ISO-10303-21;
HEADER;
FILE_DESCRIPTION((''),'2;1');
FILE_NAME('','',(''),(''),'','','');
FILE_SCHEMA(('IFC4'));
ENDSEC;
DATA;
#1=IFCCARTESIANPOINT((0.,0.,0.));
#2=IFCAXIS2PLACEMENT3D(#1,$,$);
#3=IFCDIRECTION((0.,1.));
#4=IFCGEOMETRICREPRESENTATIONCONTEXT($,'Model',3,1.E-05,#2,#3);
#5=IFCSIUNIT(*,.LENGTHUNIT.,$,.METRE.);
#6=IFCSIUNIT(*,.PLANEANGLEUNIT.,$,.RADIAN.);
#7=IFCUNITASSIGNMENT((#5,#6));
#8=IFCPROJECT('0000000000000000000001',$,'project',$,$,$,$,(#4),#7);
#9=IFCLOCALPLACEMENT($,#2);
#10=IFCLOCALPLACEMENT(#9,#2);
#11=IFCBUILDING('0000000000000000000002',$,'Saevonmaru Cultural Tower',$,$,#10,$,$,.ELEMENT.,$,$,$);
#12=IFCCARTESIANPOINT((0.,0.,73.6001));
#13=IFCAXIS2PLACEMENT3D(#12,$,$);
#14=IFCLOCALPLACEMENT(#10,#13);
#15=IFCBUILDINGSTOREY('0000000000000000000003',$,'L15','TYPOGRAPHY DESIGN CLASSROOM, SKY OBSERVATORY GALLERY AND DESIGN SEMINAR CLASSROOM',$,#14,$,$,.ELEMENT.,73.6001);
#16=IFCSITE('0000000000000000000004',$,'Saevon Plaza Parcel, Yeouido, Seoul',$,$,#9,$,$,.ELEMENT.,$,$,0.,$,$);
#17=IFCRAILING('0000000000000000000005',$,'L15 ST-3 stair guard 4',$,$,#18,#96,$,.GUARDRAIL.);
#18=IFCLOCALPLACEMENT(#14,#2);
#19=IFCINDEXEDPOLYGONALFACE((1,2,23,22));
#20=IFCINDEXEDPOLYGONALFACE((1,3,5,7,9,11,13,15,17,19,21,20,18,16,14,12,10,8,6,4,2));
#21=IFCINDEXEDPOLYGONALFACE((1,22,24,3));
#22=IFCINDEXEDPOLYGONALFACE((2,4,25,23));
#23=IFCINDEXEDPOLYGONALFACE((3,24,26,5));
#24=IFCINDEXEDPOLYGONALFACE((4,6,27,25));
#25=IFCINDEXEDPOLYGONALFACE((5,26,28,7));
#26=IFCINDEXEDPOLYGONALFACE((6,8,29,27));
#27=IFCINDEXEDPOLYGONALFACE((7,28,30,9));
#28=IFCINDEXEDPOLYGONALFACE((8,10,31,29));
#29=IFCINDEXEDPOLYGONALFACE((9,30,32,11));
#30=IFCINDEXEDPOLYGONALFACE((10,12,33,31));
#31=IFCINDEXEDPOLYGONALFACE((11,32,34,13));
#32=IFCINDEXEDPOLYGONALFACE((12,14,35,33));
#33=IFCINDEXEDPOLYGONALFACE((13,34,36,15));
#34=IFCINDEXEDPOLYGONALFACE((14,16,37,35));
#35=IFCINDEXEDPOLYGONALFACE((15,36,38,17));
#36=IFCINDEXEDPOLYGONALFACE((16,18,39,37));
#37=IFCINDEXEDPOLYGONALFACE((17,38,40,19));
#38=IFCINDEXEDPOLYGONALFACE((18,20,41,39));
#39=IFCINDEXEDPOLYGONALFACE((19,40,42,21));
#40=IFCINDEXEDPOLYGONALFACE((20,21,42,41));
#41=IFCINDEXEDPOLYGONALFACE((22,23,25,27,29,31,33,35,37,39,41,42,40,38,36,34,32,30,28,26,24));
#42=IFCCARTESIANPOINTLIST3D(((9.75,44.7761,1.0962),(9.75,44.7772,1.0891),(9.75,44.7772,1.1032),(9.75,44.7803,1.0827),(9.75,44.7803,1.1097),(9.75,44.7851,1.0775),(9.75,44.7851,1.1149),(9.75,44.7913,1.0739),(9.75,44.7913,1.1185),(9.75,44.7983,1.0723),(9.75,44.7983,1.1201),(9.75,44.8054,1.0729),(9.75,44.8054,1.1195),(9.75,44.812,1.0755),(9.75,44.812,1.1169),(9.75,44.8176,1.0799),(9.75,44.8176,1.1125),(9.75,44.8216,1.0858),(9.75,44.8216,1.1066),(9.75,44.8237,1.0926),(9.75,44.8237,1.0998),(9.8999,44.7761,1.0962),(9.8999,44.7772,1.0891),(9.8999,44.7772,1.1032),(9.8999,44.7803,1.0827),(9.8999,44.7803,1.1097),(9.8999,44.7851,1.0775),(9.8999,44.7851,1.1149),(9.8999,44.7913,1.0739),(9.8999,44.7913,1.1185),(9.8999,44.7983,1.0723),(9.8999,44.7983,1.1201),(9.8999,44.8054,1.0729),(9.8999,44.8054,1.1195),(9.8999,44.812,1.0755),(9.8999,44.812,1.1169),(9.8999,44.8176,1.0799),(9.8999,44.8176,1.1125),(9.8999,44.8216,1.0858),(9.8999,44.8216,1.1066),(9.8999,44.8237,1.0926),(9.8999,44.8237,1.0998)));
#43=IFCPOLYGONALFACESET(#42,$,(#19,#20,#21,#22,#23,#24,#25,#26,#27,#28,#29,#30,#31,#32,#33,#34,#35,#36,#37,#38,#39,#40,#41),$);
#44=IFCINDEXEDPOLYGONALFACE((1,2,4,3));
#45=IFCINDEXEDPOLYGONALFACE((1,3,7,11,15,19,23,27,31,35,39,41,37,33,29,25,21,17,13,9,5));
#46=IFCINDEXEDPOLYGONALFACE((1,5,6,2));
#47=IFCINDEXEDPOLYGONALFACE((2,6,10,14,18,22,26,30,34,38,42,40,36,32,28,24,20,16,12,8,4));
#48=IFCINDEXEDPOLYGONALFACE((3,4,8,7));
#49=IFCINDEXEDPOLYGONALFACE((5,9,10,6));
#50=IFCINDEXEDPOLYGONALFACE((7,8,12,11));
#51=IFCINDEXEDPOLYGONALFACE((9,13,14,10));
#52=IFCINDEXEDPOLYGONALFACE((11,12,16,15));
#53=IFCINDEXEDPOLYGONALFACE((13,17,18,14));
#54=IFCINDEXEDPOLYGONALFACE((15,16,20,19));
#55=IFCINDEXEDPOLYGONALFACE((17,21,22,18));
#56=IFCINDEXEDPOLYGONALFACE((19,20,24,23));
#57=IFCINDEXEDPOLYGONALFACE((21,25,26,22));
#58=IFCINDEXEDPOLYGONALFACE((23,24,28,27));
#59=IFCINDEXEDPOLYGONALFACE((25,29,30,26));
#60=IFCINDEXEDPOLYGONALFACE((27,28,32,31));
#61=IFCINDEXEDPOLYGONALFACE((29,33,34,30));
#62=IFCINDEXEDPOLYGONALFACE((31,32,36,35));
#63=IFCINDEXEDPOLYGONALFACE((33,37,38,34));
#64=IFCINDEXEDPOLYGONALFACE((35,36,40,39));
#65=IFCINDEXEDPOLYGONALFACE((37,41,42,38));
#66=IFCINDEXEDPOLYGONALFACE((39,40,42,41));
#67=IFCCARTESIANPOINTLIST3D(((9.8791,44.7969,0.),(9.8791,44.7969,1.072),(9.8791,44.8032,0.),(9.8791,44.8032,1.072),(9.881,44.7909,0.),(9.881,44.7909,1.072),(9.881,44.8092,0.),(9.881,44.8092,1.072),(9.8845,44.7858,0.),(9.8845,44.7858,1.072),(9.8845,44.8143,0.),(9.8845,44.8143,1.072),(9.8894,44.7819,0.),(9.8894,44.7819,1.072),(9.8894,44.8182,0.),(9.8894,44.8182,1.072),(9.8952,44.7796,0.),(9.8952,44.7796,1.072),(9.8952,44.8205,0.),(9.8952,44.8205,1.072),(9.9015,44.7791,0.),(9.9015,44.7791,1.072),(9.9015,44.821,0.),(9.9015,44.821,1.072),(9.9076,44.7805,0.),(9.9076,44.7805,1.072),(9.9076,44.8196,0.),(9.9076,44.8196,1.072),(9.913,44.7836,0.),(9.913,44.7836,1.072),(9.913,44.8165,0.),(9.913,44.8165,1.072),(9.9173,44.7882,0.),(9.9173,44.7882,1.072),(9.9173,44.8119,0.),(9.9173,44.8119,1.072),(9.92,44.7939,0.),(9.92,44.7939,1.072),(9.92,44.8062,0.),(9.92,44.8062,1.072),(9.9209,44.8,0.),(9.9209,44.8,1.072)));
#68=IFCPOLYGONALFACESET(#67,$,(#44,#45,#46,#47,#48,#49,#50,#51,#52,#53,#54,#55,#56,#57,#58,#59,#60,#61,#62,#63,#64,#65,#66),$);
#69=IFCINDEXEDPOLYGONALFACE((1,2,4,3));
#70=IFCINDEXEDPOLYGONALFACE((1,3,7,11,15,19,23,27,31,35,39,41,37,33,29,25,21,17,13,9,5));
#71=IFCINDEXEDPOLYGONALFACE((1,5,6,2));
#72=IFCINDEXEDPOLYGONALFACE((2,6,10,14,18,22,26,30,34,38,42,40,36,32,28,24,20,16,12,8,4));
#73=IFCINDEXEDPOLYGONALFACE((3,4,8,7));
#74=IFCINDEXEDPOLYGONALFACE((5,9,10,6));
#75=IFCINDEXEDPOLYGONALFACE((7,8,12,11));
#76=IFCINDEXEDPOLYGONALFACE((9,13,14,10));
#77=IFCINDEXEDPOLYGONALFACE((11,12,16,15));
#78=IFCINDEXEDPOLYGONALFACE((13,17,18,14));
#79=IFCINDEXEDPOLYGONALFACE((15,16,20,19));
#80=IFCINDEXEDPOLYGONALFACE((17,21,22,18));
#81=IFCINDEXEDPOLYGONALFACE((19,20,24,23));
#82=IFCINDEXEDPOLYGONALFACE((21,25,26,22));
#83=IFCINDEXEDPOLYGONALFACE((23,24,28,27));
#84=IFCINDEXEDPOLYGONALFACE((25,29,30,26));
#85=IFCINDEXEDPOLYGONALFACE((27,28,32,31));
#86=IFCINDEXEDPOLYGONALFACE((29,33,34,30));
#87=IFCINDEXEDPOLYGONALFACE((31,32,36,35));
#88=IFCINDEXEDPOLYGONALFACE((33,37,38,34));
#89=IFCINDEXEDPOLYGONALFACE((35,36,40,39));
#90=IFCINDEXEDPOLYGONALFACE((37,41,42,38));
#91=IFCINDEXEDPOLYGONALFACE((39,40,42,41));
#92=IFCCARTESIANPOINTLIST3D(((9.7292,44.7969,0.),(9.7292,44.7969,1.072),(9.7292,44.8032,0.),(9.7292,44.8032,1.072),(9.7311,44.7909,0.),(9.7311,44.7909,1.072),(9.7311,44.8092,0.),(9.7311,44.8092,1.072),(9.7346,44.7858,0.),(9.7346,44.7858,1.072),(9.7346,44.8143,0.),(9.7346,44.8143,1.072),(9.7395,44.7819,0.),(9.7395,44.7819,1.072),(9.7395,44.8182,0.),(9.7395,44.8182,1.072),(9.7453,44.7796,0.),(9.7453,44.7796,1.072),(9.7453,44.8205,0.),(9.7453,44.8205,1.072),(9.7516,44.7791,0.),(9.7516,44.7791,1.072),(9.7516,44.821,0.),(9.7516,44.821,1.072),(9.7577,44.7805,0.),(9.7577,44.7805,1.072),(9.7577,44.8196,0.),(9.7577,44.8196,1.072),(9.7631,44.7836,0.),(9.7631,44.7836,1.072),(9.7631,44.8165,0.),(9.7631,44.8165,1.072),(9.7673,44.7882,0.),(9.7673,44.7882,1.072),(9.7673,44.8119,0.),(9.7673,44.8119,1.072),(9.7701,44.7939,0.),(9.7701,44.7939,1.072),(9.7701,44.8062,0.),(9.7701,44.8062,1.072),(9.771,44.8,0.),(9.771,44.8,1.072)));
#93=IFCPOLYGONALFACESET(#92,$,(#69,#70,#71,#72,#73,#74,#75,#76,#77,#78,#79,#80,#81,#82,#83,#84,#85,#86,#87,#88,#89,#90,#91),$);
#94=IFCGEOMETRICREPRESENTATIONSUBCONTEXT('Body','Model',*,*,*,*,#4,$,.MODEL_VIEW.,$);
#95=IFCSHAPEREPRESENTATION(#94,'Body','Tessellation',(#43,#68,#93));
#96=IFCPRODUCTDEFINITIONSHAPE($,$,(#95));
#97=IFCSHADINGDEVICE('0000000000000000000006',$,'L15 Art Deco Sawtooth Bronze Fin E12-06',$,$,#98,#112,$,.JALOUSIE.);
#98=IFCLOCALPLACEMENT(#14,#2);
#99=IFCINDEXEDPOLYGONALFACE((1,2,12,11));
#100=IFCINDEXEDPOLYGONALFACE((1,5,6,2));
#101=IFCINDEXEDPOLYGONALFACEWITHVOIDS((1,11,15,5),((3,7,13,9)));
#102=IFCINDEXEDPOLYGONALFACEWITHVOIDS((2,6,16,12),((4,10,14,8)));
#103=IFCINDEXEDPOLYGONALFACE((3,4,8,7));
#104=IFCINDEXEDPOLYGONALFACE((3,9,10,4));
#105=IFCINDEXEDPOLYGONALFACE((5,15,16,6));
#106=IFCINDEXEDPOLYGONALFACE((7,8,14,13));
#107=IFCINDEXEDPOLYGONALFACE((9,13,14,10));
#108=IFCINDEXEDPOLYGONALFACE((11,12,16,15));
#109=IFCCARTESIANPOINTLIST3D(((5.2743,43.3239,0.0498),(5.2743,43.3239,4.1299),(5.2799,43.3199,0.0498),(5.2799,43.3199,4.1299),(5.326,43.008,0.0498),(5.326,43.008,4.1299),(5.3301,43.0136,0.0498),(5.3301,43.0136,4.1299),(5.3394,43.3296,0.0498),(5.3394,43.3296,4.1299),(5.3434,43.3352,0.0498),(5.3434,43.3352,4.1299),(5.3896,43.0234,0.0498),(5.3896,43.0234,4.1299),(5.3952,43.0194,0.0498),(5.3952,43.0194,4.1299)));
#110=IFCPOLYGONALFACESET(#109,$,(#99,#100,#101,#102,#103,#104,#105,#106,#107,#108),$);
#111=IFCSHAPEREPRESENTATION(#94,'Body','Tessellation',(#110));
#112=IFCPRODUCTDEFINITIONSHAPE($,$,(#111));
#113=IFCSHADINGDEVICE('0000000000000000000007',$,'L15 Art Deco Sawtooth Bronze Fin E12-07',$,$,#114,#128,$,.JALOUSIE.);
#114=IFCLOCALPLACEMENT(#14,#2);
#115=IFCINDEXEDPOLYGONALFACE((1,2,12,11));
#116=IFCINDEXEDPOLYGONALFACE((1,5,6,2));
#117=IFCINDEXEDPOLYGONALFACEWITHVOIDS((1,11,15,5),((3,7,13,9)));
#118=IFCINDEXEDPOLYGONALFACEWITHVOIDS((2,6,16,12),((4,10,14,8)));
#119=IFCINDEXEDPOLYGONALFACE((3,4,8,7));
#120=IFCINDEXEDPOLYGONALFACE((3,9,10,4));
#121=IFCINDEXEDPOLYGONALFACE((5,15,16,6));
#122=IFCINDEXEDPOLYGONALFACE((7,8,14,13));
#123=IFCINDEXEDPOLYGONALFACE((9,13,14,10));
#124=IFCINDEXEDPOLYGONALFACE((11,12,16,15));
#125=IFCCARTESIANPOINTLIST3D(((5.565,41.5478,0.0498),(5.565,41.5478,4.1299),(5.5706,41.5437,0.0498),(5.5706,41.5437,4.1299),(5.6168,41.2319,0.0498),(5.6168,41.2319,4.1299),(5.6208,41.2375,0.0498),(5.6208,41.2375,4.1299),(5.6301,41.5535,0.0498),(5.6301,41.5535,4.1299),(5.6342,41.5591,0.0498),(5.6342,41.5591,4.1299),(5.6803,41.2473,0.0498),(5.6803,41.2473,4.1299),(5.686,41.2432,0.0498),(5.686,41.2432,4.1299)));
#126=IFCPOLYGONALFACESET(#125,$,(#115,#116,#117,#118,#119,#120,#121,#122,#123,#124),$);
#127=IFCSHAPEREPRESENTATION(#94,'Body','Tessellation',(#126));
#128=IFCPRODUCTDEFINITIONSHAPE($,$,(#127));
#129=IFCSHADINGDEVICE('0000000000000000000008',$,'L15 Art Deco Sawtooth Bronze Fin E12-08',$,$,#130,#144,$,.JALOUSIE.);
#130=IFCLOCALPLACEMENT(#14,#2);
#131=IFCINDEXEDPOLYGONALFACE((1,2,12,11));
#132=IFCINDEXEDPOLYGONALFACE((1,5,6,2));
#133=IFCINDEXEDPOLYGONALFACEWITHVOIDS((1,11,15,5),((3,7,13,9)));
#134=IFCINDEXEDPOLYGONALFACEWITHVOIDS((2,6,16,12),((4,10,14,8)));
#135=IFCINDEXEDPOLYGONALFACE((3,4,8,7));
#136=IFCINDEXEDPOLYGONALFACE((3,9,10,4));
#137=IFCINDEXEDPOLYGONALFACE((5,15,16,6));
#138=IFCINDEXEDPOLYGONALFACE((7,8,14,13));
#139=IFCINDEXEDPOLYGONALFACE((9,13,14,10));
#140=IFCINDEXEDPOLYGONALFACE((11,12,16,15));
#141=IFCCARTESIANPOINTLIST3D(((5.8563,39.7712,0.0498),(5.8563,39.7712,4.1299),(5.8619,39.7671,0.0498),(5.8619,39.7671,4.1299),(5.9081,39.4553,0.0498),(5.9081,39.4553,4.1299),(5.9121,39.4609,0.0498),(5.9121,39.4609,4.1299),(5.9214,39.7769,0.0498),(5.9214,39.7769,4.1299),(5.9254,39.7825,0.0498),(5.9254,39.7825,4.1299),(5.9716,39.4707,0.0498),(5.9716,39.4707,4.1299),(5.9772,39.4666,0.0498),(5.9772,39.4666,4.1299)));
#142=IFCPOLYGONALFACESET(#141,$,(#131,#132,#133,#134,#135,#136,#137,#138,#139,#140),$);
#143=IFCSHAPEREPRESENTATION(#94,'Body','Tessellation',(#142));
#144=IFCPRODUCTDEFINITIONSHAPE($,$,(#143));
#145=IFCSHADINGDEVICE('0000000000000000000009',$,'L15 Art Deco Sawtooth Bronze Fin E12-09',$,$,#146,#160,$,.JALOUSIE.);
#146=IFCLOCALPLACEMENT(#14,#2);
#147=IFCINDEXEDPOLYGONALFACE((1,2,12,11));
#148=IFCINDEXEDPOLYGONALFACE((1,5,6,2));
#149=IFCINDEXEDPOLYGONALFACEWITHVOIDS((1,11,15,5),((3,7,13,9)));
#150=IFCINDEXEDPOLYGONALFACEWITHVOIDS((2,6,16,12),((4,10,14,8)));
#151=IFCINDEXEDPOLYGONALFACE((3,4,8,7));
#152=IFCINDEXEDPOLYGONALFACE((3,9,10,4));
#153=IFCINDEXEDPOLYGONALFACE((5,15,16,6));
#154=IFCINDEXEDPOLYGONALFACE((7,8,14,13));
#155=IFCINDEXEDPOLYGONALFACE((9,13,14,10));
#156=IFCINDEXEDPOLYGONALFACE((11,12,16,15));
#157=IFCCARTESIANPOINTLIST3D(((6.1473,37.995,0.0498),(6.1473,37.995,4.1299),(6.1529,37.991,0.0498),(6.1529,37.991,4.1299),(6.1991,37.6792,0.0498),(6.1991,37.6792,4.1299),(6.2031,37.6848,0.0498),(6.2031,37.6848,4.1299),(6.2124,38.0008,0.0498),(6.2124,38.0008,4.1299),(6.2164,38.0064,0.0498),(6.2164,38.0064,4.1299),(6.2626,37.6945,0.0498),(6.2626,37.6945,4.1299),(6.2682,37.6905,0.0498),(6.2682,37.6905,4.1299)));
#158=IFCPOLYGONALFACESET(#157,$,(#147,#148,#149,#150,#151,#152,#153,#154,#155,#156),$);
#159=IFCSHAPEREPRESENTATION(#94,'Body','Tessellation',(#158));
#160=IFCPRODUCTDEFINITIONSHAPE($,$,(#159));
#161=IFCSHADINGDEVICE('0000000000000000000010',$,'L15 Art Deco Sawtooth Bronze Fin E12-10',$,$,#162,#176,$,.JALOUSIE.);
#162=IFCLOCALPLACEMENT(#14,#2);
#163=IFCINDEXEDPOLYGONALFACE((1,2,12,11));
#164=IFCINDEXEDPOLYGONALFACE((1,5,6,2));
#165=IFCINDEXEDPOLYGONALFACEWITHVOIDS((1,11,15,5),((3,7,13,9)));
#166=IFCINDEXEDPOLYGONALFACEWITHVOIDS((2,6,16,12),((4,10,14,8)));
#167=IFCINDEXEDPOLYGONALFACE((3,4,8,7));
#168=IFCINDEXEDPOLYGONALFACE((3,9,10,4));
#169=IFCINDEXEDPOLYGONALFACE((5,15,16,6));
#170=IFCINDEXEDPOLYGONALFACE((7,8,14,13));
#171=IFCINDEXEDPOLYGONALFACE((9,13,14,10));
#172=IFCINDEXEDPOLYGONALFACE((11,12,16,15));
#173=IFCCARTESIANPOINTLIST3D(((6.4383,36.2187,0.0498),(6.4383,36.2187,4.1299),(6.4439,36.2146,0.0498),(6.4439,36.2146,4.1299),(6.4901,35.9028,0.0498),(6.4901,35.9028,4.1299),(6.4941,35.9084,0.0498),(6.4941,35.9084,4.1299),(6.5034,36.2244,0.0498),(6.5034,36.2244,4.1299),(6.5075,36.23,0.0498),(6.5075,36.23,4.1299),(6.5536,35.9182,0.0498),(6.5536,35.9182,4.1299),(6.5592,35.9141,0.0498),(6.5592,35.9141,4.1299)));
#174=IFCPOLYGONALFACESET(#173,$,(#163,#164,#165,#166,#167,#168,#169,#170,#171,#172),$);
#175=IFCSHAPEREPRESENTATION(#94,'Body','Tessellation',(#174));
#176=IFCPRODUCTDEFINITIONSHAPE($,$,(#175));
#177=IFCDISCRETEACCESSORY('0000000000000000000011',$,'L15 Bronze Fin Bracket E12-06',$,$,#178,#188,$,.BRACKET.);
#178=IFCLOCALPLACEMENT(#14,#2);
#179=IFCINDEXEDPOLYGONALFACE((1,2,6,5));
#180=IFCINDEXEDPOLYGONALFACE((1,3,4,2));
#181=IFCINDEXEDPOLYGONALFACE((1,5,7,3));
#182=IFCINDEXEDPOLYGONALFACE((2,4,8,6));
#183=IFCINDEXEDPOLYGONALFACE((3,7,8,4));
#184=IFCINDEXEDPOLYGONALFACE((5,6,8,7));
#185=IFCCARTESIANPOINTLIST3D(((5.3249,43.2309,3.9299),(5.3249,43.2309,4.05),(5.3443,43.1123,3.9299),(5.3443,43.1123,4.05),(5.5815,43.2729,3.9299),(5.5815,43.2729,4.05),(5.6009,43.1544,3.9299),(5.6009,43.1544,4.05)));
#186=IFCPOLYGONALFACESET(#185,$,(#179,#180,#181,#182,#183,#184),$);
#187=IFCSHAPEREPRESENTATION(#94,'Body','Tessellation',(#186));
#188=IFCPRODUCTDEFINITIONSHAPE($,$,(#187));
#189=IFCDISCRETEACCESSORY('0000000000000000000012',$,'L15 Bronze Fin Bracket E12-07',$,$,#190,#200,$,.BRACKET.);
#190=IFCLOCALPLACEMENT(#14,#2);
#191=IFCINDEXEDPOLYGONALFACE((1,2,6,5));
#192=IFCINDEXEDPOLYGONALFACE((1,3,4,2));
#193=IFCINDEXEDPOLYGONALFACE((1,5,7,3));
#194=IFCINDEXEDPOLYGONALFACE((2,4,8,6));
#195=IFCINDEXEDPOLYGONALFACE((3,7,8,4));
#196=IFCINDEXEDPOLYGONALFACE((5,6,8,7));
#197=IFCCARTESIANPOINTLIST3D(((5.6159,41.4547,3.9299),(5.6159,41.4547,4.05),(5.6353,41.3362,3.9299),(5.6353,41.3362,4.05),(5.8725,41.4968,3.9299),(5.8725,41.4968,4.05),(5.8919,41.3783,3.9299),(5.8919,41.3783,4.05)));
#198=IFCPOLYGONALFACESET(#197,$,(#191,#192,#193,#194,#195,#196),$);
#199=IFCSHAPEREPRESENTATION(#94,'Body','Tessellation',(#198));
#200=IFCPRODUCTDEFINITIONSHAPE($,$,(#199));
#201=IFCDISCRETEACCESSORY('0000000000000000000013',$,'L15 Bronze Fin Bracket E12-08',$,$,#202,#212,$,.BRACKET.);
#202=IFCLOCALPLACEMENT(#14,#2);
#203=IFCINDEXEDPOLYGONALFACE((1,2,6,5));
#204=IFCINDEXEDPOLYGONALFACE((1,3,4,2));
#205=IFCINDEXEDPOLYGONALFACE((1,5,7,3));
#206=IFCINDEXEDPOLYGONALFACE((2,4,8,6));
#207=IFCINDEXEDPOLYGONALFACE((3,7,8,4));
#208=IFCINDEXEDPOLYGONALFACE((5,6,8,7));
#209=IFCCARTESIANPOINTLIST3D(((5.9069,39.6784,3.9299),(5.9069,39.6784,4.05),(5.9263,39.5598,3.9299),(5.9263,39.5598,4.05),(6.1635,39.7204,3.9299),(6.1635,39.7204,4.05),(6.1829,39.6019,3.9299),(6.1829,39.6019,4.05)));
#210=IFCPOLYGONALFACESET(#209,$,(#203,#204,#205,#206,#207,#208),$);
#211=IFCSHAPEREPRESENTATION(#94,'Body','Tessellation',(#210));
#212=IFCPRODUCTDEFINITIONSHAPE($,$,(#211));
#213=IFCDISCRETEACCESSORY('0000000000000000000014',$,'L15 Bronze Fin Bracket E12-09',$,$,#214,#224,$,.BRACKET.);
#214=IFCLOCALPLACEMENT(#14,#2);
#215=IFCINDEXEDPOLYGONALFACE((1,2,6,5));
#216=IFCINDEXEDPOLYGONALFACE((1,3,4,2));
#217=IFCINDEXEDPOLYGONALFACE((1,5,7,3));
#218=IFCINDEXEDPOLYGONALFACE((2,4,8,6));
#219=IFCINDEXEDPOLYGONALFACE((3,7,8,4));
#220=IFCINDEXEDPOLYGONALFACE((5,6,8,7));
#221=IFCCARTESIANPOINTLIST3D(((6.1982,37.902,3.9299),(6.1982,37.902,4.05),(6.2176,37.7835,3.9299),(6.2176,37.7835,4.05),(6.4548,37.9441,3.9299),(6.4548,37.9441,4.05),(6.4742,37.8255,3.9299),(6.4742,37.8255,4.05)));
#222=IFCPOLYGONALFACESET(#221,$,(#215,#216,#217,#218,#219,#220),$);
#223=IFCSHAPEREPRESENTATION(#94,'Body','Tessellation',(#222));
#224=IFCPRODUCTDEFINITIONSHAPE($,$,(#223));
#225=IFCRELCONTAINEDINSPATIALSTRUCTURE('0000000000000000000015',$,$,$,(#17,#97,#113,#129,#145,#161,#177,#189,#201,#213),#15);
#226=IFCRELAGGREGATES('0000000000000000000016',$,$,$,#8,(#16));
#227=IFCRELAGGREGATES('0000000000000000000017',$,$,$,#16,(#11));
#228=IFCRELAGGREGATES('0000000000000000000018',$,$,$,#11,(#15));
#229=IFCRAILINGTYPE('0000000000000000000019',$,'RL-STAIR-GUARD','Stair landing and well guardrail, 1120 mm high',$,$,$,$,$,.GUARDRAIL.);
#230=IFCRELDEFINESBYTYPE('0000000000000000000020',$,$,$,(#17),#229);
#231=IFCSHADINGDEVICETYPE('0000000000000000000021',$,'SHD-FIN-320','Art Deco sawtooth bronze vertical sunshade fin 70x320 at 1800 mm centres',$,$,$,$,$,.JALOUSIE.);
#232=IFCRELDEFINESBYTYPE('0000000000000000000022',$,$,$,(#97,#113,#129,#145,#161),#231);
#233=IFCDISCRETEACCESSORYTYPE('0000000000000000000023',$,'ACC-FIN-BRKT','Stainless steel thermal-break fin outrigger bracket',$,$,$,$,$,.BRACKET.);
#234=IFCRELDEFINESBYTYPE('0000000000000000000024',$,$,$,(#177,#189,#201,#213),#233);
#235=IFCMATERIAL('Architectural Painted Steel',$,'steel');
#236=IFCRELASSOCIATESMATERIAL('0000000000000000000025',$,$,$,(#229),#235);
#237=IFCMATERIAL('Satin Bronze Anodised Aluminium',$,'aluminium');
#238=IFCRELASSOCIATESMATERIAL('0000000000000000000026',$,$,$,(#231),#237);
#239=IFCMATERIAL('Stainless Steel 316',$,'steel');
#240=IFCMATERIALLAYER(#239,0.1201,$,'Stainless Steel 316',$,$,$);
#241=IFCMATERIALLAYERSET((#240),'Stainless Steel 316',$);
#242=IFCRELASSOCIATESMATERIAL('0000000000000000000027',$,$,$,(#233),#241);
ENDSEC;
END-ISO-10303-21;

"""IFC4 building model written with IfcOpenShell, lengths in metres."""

from ifc_helpers import new_model, si_unit, direction, frame, origin, origin_2d, place, context, subcontext, project, spatial, rectangle, hollow_rectangle, circle, extrude, material, layer, layer_set, material_profile, profile_set, type_object, element, save


model = new_model("IFC4")

# Units and contexts
model_context = context("Model", 3, precision=1e-05, world=origin(), true_north=direction((0.0, 1.0)))
body_context = subcontext(model_context, "Body", "Model", "MODEL_VIEW")
ifc_project = project(units=[si_unit("LENGTHUNIT", "METRE"), si_unit("PLANEANGLEUNIT", "RADIAN")], contexts=[model_context])

# Site, building, storey
site_placement = place(None, origin())
site = spatial("IfcSite", under=ifc_project, at=site_placement, Name="Saevon Plaza Parcel, Yeouido, Seoul", CompositionType="ELEMENT", RefElevation=0.0)
building_placement = place(site_placement, origin())
building = spatial("IfcBuilding", under=site, at=building_placement, Name="Saevonmaru Cultural Tower", CompositionType="ELEMENT")
storey_placement = place(building_placement, frame((0.0, 0.0, 73.6001)))
storey = spatial("IfcBuildingStorey", under=building, at=storey_placement, Name="L15", Description="TYPOGRAPHY DESIGN CLASSROOM, SKY OBSERVATORY GALLERY AND DESIGN SEMINAR CLASSROOM", CompositionType="ELEMENT", Elevation=73.6001)

# Shared definitions
ifc_material_1 = material(Name="Satin Bronze Anodised Aluminium", Category="aluminium")

# Railing
ifc_material_2 = material(Name="Architectural Painted Steel", Category="steel")
railing_type = type_object("IfcRailingType", Name="RL-STAIR-GUARD", Description="Stair landing and well guardrail, 1120 mm high", PredefinedType="GUARDRAIL", material=ifc_material_2)
railing_1_placement = place(storey_placement, frame((9.8999, 44.8, 0.0)))
element("IfcRailing", 1, at=railing_1_placement, inside=storey, type_object=railing_type, Name="L15 ST-3 stair guard 4", PredefinedType="GUARDRAIL", context=body_context, shape_type="SweptSolid", body=[
    extrude(circle(Radius=0.0239, at=origin_2d()), frame((0.0, 0.0, 1.0962), z_axis=(-1.0, 0.0, 0.0), x_axis=(0.0, -1.0, 0.0)), (0.0, 0.0, 1.0), 0.1499),
    extrude(circle(Radius=0.021, at=origin_2d()), origin(), (0.0, 0.0, 1.0), 1.072),
    extrude(circle(Radius=0.021, at=origin_2d()), frame((-0.1499, 0.0, 0.0)), (0.0, 0.0, 1.0), 1.072),
])

# Shading devices
ifc_material_profile_1 = material_profile(ifc_material_1, hollow_rectangle(XDim=0.0701, YDim=0.3201, WallThickness=0.0049, at=origin_2d()), Name="FIN-320x70")
ifc_profile_set_1 = profile_set([ifc_material_profile_1], Name="Satin Bronze Anodised Aluminium")
shading_device_type = type_object("IfcShadingDeviceType", Name="SHD-FIN-320", Description="Art Deco sawtooth bronze vertical sunshade fin 70x320 at 1800 mm centres", PredefinedType="JALOUSIE", material=ifc_profile_set_1)
for number, where, z_axis, x_axis, name in (
    (2, (5.3347, 43.1716, 0.0498), (0.0, 0.0, 1.0), (-0.986827, -0.161776, 0.0), "L15 Art Deco Sawtooth Bronze Fin E12-06"),
    (3, (5.6255, 41.3955, 0.0498), (0.0, 0.0, 1.0), (-0.986827, -0.161776, 0.0), "L15 Art Deco Sawtooth Bronze Fin E12-07"),
    (4, (5.9167, 39.6189, 0.0498), (0.0, 0.0, 1.0), (-0.986827, -0.161776, 0.0), "L15 Art Deco Sawtooth Bronze Fin E12-08"),
    (5, (6.2078, 37.8428, 0.0498), (0.0, 0.0, 1.0), (-0.986827, -0.161776, 0.0), "L15 Art Deco Sawtooth Bronze Fin E12-09"),
    (6, (6.4988, 36.0664, 0.0498), (0.0, 0.0, 1.0), (-0.986827, -0.161776, 0.0), "L15 Art Deco Sawtooth Bronze Fin E12-10"),
):
    element("IfcShadingDevice", number, at=place(storey_placement, frame(where, z_axis=z_axis, x_axis=x_axis)), inside=storey, type_object=shading_device_type, Name=name, PredefinedType="JALOUSIE", context=body_context, shape_type="SweptSolid", body=[
        extrude(hollow_rectangle(XDim=0.0701, YDim=0.3201, WallThickness=0.0049, at=origin_2d()), origin(), (0.0, 0.0, 1.0), 4.0801),
    ])

# Discrete accessories
ifc_material_3 = material(Name="Stainless Steel 316", Category="steel")
ifc_layer_1 = layer(ifc_material_3, 0.1201, Name="Stainless Steel 316")
ifc_layer_set_1 = layer_set([ifc_layer_1], Name="Stainless Steel 316")
discrete_accessory_type = type_object("IfcDiscreteAccessoryType", Name="ACC-FIN-BRKT", Description="Stainless steel thermal-break fin outrigger bracket", PredefinedType="BRACKET", material=ifc_layer_set_1)
for number, where, z_axis, x_axis, name in (
    (7, (5.4629, 43.1926, 3.9299), (0.0, 0.0, 1.0), (-0.986827, -0.161776, 0.0), "L15 Bronze Fin Bracket E12-06"),
    (8, (5.7539, 41.4165, 3.9299), (0.0, 0.0, 1.0), (-0.986827, -0.161776, 0.0), "L15 Bronze Fin Bracket E12-07"),
    (9, (6.0449, 39.6401, 3.9299), (0.0, 0.0, 1.0), (-0.986827, -0.161776, 0.0), "L15 Bronze Fin Bracket E12-08"),
    (10, (6.3362, 37.8638, 3.9299), (0.0, 0.0, 1.0), (-0.986827, -0.161776, 0.0), "L15 Bronze Fin Bracket E12-09"),
):
    element("IfcDiscreteAccessory", number, at=place(storey_placement, frame(where, z_axis=z_axis, x_axis=x_axis)), inside=storey, type_object=discrete_accessory_type, Name=name, PredefinedType="BRACKET", context=body_context, shape_type="SweptSolid", body=[
        extrude(rectangle(XDim=0.26, YDim=0.1201, at=origin_2d()), origin(), (0.0, 0.0, 1.0), 0.1201),
    ])

save(model, "model.ifc")
